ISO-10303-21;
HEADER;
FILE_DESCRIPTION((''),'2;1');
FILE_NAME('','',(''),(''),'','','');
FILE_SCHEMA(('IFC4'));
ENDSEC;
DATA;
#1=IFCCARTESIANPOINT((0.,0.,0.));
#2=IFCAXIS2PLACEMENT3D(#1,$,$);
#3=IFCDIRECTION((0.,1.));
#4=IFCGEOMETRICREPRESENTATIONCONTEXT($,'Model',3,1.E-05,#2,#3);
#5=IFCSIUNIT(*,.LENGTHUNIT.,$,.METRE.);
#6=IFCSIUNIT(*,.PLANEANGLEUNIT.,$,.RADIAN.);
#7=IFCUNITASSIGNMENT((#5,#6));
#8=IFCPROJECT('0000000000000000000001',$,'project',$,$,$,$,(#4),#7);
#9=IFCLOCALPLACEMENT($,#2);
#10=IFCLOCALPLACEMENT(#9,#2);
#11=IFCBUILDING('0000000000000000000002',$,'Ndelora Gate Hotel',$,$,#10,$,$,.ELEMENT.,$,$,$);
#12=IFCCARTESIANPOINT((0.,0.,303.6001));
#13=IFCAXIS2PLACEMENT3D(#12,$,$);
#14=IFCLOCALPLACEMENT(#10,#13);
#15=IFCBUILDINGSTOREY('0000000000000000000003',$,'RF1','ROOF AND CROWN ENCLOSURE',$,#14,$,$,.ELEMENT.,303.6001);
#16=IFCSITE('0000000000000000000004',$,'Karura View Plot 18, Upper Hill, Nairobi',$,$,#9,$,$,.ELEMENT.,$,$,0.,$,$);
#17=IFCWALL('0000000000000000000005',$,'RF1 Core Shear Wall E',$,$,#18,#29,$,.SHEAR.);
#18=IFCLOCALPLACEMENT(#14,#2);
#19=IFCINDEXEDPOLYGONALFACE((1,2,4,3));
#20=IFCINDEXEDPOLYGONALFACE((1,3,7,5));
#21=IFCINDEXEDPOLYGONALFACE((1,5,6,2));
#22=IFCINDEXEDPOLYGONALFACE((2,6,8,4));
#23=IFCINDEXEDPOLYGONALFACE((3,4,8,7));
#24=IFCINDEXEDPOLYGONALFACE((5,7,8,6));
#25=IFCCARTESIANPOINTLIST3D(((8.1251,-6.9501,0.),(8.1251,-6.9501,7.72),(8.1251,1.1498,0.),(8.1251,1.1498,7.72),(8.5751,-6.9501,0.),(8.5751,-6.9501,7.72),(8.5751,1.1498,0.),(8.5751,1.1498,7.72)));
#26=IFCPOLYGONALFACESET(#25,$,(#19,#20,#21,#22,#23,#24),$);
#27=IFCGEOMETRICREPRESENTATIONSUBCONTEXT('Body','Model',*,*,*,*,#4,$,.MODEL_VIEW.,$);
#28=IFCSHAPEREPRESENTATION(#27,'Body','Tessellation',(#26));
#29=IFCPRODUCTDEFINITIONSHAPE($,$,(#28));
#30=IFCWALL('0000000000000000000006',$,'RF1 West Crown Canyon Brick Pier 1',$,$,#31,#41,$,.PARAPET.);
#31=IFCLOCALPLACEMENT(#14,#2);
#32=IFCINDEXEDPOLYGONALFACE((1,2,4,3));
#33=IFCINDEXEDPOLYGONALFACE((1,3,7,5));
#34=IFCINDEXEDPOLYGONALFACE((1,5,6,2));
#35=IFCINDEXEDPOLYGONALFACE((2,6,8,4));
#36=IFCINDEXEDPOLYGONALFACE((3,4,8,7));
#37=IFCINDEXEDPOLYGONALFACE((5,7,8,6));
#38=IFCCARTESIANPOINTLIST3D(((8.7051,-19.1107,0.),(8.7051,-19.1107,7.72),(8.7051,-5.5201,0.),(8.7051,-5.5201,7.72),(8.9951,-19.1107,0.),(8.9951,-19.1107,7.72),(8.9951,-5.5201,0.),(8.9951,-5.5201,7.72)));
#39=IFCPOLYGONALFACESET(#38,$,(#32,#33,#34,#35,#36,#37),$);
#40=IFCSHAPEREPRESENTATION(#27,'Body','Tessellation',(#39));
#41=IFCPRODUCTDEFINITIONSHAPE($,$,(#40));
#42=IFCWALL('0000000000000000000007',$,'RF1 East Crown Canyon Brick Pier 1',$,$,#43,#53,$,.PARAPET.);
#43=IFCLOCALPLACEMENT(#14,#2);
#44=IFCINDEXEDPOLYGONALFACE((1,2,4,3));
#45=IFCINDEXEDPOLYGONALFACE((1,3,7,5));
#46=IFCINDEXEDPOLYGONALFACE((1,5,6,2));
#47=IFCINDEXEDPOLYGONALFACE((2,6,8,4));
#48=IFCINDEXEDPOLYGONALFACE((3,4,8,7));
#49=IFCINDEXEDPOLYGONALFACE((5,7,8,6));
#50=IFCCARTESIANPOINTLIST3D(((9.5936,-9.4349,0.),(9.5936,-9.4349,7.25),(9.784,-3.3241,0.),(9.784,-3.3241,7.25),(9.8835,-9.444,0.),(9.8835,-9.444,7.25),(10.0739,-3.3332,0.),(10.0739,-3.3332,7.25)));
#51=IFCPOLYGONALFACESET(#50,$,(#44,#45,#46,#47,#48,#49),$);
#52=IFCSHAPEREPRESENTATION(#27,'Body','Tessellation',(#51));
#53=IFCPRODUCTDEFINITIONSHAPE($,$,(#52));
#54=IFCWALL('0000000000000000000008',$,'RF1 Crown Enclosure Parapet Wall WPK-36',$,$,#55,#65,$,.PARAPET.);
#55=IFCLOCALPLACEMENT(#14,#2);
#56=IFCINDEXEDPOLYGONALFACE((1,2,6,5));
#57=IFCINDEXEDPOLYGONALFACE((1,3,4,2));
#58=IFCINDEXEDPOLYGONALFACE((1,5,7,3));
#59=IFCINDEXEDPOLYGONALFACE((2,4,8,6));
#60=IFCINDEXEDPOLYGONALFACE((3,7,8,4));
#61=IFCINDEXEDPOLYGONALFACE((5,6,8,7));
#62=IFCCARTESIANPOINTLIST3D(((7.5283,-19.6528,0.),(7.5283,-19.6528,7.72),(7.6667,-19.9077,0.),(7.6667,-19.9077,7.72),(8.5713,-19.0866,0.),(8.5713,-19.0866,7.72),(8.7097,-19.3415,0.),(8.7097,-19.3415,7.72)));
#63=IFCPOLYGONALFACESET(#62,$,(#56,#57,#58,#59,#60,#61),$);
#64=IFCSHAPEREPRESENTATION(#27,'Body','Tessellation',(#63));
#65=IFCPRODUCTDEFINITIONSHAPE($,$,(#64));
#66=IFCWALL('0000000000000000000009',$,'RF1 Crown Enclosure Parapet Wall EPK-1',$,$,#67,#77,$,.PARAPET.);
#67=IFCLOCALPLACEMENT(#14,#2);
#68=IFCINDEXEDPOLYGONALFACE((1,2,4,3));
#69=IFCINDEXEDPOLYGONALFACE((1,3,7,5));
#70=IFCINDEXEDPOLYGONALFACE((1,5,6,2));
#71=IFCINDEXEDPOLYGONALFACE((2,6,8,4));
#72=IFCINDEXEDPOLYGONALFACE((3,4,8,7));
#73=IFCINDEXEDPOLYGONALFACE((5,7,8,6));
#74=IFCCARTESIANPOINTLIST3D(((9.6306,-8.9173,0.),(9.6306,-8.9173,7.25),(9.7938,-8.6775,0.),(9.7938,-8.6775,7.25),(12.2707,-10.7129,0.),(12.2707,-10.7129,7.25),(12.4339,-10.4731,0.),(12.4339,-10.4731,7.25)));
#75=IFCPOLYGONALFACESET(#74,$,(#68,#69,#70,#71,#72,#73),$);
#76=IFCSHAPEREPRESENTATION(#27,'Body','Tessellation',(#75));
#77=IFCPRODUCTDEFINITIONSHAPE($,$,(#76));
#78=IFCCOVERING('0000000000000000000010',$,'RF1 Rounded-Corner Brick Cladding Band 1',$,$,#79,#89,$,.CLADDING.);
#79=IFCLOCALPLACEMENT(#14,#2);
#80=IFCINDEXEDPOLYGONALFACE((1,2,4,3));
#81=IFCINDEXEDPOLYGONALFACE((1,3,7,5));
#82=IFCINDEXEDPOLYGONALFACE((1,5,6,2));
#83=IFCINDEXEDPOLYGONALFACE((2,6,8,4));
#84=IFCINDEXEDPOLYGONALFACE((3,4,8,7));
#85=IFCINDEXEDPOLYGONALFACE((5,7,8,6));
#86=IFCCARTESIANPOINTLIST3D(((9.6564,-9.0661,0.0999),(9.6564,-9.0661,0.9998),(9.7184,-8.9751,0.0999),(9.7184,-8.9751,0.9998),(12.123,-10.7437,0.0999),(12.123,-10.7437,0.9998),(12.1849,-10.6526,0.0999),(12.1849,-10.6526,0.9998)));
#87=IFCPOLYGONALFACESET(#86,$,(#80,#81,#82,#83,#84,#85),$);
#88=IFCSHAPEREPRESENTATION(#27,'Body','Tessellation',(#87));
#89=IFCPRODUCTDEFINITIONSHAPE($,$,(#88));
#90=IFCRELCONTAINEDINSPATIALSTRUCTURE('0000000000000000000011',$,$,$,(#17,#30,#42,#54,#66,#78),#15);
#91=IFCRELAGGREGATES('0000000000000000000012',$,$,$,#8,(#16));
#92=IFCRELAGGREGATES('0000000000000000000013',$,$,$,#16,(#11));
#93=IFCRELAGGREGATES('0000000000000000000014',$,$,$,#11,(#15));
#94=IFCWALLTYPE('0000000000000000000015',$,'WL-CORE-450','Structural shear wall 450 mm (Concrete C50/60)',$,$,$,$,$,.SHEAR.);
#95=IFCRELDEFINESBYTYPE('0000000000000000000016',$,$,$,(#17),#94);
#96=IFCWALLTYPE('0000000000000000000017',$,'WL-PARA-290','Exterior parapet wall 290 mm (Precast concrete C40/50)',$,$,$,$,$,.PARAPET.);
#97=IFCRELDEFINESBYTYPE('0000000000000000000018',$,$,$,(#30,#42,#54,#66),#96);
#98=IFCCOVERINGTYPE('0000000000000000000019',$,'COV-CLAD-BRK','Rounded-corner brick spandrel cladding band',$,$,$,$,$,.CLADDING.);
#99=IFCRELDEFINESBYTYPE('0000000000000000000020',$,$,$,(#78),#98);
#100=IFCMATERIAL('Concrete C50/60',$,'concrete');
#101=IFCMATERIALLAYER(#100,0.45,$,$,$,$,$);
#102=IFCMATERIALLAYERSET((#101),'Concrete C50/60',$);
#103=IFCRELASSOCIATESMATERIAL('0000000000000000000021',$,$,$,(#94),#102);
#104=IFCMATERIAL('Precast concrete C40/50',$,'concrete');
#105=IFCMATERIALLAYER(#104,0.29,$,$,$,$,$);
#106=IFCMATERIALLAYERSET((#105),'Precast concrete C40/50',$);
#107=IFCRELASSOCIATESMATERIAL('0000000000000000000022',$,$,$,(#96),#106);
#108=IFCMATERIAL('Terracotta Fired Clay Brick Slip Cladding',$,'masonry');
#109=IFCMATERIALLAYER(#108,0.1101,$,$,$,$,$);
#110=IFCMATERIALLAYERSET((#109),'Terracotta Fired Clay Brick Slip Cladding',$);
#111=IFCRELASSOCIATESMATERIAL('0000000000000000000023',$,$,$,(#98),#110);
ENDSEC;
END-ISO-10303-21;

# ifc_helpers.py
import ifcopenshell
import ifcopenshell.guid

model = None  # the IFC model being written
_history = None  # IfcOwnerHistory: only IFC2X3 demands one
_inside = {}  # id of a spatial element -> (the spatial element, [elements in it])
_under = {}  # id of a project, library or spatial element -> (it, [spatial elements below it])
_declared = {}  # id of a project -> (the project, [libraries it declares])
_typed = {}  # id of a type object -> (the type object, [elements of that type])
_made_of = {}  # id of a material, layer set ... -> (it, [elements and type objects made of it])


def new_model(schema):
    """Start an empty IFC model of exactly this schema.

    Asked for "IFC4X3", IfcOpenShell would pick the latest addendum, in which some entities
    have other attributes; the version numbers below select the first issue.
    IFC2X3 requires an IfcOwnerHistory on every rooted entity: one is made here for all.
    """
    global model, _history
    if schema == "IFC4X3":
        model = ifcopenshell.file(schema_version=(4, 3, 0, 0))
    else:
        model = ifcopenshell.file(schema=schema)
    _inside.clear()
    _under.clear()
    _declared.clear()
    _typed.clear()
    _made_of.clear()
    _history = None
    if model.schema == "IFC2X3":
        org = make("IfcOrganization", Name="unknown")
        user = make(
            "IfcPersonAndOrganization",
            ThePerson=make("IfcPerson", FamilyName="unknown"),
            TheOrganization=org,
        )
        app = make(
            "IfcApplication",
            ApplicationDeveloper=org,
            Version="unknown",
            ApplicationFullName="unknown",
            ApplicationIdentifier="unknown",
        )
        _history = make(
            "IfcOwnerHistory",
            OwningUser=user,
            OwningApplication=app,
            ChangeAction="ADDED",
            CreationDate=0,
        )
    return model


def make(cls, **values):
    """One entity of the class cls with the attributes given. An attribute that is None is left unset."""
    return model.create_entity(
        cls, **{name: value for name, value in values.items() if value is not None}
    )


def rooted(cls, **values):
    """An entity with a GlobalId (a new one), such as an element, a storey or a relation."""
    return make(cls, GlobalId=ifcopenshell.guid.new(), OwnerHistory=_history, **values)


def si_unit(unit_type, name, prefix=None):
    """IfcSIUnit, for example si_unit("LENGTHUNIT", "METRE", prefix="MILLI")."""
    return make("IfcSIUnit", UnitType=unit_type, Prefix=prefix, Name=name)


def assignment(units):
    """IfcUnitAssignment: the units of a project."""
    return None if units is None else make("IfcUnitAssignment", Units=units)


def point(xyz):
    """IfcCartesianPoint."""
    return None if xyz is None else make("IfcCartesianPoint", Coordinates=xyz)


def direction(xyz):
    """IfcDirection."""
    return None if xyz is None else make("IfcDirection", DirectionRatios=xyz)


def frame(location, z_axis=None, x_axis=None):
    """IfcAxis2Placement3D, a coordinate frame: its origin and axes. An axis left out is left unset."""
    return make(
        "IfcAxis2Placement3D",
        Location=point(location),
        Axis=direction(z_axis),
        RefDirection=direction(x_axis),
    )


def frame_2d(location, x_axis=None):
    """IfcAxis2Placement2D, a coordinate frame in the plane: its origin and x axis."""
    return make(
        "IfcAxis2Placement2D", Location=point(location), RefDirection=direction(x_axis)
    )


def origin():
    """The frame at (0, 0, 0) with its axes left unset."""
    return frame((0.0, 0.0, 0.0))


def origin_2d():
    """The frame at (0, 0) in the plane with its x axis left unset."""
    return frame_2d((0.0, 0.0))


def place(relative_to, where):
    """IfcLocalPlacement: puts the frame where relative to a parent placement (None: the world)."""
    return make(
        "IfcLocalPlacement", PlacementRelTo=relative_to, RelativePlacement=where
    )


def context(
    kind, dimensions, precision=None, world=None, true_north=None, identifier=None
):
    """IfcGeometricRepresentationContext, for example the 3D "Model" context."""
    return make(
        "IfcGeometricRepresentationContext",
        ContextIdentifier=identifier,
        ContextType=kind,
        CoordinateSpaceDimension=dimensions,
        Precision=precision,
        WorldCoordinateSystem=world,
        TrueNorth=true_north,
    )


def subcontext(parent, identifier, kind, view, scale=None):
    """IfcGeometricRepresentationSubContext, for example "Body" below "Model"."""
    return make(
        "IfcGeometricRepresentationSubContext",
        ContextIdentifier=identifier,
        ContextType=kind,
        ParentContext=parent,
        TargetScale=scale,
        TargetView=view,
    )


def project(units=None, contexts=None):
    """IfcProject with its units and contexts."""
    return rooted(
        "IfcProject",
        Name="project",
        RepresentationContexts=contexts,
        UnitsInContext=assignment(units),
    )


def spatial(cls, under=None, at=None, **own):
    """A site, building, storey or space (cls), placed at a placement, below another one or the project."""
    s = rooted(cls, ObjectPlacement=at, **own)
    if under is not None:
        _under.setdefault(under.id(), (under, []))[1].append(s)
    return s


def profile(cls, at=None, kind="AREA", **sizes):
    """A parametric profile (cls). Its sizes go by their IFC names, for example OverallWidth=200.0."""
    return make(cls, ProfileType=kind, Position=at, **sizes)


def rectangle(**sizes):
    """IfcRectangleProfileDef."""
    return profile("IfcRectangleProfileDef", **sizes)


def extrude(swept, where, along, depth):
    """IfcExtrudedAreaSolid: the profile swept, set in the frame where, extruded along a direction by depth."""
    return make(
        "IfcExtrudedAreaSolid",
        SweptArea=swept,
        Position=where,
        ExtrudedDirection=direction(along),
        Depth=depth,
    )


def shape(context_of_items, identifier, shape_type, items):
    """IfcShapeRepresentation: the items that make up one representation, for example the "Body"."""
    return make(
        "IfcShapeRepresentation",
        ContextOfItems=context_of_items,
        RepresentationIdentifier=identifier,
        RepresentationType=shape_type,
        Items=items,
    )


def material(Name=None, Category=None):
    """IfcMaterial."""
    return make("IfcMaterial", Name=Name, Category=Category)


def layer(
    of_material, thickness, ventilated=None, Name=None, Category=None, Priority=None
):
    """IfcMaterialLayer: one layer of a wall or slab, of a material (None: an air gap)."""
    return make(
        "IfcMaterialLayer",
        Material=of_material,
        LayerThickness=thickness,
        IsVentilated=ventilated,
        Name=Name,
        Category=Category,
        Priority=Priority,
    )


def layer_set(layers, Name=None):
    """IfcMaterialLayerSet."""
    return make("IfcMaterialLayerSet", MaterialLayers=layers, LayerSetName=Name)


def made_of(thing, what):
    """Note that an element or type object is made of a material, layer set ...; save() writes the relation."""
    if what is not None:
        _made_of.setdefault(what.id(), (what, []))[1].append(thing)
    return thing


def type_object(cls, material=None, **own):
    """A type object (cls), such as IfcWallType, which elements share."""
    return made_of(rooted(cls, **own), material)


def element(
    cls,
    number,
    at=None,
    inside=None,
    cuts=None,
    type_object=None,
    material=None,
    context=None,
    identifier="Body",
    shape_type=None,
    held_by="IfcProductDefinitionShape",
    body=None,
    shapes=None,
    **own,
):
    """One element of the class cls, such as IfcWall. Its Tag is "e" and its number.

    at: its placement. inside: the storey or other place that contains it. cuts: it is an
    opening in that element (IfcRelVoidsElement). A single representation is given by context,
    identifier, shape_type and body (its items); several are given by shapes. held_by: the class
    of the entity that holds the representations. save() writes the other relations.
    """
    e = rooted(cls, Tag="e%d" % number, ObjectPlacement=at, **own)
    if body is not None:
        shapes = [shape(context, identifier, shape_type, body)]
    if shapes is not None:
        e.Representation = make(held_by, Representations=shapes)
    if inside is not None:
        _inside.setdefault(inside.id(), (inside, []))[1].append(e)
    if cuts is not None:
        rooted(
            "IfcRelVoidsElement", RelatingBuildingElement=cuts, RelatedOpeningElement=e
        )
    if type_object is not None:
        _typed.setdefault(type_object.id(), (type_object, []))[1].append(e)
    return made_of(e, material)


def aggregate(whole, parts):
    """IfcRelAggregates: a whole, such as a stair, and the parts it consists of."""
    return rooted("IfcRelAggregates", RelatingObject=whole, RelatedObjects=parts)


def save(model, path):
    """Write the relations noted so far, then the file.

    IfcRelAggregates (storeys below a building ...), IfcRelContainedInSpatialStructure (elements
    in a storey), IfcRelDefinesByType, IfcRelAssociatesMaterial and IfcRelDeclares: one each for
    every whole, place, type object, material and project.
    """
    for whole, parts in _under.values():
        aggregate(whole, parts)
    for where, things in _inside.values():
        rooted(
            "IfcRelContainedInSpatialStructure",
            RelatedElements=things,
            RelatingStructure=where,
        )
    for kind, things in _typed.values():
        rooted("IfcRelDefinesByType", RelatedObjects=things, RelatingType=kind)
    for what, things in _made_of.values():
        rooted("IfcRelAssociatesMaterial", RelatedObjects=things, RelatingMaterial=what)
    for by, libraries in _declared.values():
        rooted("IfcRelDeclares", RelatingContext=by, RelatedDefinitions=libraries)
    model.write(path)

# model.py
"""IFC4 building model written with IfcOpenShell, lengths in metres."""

from ifc_helpers import new_model, si_unit, direction, frame, frame_2d, origin, origin_2d, place, context, subcontext, project, spatial, rectangle, extrude, material, layer, layer_set, type_object, element, save


model = new_model("IFC4")

# Units and contexts
model_context = context("Model", 3, precision=1e-05, world=origin(), true_north=direction((0.0, 1.0)))
body_context = subcontext(model_context, "Body", "Model", "MODEL_VIEW")
ifc_project = project(units=[si_unit("LENGTHUNIT", "METRE"), si_unit("PLANEANGLEUNIT", "RADIAN")], contexts=[model_context])

# Site, building, storey
site_placement = place(None, origin())
site = spatial("IfcSite", under=ifc_project, at=site_placement, Name="Karura View Plot 18, Upper Hill, Nairobi", CompositionType="ELEMENT", RefElevation=0.0)
building_placement = place(site_placement, origin())
building = spatial("IfcBuilding", under=site, at=building_placement, Name="Ndelora Gate Hotel", CompositionType="ELEMENT")
storey_placement = place(building_placement, frame((0.0, 0.0, 303.6001)))
storey = spatial("IfcBuildingStorey", under=building, at=storey_placement, Name="RF1", Description="ROOF AND CROWN ENCLOSURE", CompositionType="ELEMENT", Elevation=303.6001)

# Walls
ifc_material_1 = material(Name="Concrete C50/60", Category="concrete")
ifc_layer_1 = layer(ifc_material_1, 0.45)
ifc_layer_set_1 = layer_set([ifc_layer_1], Name="Concrete C50/60")
wall_type_1 = type_object("IfcWallType", Name="WL-CORE-450", Description="Structural shear wall 450 mm (Concrete C50/60)", PredefinedType="SHEAR", material=ifc_layer_set_1)
wall_1_placement = place(storey_placement, frame((8.3501, -6.95, 0.0), z_axis=(0.0, 0.0, 1.0), x_axis=(0.0, 1.0, 0.0)))
element("IfcWall", 1, at=wall_1_placement, inside=storey, type_object=wall_type_1, Name="RF1 Core Shear Wall E", PredefinedType="SHEAR", context=body_context, shape_type="SweptSolid", body=[
    extrude(rectangle(XDim=8.0999, YDim=0.45, at=frame_2d((4.0498, 0.0))), origin(), (0.0, 0.0, 1.0), 7.72),
])
ifc_material_2 = material(Name="Precast concrete C40/50", Category="concrete")
ifc_layer_2 = layer(ifc_material_2, 0.29)
ifc_layer_set_2 = layer_set([ifc_layer_2], Name="Precast concrete C40/50")
wall_type_2 = type_object("IfcWallType", Name="WL-PARA-290", Description="Exterior parapet wall 290 mm (Precast concrete C40/50)", PredefinedType="PARAPET", material=ifc_layer_set_2)
wall_2_placement = place(storey_placement, frame((8.8501, -5.52, 0.0), z_axis=(0.0, 0.0, 1.0), x_axis=(0.0, -1.0, 0.0)))
element("IfcWall", 2, at=wall_2_placement, inside=storey, type_object=wall_type_2, Name="RF1 West Crown Canyon Brick Pier 1", PredefinedType="PARAPET", context=body_context, shape_type="SweptSolid", body=[
    extrude(rectangle(XDim=13.5906, YDim=0.29, at=frame_2d((6.7954, 0.0))), origin(), (0.0, 0.0, 1.0), 7.72),
])
wall_3_placement = place(storey_placement, frame((9.7385, -9.4395, 0.0), z_axis=(0.0, 0.0, 1.0), x_axis=(0.031147, 0.999515, 0.0)))
element("IfcWall", 3, at=wall_3_placement, inside=storey, type_object=wall_type_2, Name="RF1 East Crown Canyon Brick Pier 1", PredefinedType="PARAPET", context=body_context, shape_type="SweptSolid", body=[
    extrude(rectangle(XDim=6.1138, YDim=0.29, at=frame_2d((3.0569, 0.0))), origin(), (0.0, 0.0, 1.0), 7.25),
])
wall_4_placement = place(storey_placement, frame((8.6404, -19.2141, 0.0), z_axis=(0.0, 0.0, 1.0), x_axis=(-0.878861, -0.477078, 0.0)))
element("IfcWall", 4, at=wall_4_placement, inside=storey, type_object=wall_type_2, Name="RF1 Crown Enclosure Parapet Wall WPK-36", PredefinedType="PARAPET", context=body_context, shape_type="SweptSolid", body=[
    extrude(rectangle(XDim=1.1868, YDim=0.29, at=frame_2d((0.5933, 0.0))), origin(), (0.0, 0.0, 1.0), 7.72),
])
wall_5_placement = place(storey_placement, frame((12.3523, -10.593, 0.0), z_axis=(0.0, 0.0, 1.0), x_axis=(-0.826874, 0.562387, 0.0)))
element("IfcWall", 5, at=wall_5_placement, inside=storey, type_object=wall_type_2, Name="RF1 Crown Enclosure Parapet Wall EPK-1", PredefinedType="PARAPET", context=body_context, shape_type="SweptSolid", body=[
    extrude(rectangle(XDim=3.1929, YDim=0.29, at=frame_2d((1.5964, 0.0))), origin(), (0.0, 0.0, 1.0), 7.25),
])

# Covering
ifc_material_3 = material(Name="Terracotta Fired Clay Brick Slip Cladding", Category="masonry")
ifc_layer_3 = layer(ifc_material_3, 0.1101)
ifc_layer_set_3 = layer_set([ifc_layer_3], Name="Terracotta Fired Clay Brick Slip Cladding")
covering_type = type_object("IfcCoveringType", Name="COV-CLAD-BRK", Description="Rounded-corner brick spandrel cladding band", PredefinedType="CLADDING", material=ifc_layer_set_3)
covering_placement = place(storey_placement, frame((10.9207, -9.8594, 0.0999), z_axis=(0.0, 0.0, 1.0), x_axis=(-0.826884, 0.562372, 0.0)))
element("IfcCovering", 6, at=covering_placement, inside=storey, type_object=covering_type, Name="RF1 Rounded-Corner Brick Cladding Band 1", PredefinedType="CLADDING", context=body_context, shape_type="SweptSolid", body=[
    extrude(rectangle(XDim=2.9829, YDim=0.1101, at=origin_2d()), origin(), (0.0, 0.0, 1.0), 0.8999),
])

save(model, "model.ifc")
